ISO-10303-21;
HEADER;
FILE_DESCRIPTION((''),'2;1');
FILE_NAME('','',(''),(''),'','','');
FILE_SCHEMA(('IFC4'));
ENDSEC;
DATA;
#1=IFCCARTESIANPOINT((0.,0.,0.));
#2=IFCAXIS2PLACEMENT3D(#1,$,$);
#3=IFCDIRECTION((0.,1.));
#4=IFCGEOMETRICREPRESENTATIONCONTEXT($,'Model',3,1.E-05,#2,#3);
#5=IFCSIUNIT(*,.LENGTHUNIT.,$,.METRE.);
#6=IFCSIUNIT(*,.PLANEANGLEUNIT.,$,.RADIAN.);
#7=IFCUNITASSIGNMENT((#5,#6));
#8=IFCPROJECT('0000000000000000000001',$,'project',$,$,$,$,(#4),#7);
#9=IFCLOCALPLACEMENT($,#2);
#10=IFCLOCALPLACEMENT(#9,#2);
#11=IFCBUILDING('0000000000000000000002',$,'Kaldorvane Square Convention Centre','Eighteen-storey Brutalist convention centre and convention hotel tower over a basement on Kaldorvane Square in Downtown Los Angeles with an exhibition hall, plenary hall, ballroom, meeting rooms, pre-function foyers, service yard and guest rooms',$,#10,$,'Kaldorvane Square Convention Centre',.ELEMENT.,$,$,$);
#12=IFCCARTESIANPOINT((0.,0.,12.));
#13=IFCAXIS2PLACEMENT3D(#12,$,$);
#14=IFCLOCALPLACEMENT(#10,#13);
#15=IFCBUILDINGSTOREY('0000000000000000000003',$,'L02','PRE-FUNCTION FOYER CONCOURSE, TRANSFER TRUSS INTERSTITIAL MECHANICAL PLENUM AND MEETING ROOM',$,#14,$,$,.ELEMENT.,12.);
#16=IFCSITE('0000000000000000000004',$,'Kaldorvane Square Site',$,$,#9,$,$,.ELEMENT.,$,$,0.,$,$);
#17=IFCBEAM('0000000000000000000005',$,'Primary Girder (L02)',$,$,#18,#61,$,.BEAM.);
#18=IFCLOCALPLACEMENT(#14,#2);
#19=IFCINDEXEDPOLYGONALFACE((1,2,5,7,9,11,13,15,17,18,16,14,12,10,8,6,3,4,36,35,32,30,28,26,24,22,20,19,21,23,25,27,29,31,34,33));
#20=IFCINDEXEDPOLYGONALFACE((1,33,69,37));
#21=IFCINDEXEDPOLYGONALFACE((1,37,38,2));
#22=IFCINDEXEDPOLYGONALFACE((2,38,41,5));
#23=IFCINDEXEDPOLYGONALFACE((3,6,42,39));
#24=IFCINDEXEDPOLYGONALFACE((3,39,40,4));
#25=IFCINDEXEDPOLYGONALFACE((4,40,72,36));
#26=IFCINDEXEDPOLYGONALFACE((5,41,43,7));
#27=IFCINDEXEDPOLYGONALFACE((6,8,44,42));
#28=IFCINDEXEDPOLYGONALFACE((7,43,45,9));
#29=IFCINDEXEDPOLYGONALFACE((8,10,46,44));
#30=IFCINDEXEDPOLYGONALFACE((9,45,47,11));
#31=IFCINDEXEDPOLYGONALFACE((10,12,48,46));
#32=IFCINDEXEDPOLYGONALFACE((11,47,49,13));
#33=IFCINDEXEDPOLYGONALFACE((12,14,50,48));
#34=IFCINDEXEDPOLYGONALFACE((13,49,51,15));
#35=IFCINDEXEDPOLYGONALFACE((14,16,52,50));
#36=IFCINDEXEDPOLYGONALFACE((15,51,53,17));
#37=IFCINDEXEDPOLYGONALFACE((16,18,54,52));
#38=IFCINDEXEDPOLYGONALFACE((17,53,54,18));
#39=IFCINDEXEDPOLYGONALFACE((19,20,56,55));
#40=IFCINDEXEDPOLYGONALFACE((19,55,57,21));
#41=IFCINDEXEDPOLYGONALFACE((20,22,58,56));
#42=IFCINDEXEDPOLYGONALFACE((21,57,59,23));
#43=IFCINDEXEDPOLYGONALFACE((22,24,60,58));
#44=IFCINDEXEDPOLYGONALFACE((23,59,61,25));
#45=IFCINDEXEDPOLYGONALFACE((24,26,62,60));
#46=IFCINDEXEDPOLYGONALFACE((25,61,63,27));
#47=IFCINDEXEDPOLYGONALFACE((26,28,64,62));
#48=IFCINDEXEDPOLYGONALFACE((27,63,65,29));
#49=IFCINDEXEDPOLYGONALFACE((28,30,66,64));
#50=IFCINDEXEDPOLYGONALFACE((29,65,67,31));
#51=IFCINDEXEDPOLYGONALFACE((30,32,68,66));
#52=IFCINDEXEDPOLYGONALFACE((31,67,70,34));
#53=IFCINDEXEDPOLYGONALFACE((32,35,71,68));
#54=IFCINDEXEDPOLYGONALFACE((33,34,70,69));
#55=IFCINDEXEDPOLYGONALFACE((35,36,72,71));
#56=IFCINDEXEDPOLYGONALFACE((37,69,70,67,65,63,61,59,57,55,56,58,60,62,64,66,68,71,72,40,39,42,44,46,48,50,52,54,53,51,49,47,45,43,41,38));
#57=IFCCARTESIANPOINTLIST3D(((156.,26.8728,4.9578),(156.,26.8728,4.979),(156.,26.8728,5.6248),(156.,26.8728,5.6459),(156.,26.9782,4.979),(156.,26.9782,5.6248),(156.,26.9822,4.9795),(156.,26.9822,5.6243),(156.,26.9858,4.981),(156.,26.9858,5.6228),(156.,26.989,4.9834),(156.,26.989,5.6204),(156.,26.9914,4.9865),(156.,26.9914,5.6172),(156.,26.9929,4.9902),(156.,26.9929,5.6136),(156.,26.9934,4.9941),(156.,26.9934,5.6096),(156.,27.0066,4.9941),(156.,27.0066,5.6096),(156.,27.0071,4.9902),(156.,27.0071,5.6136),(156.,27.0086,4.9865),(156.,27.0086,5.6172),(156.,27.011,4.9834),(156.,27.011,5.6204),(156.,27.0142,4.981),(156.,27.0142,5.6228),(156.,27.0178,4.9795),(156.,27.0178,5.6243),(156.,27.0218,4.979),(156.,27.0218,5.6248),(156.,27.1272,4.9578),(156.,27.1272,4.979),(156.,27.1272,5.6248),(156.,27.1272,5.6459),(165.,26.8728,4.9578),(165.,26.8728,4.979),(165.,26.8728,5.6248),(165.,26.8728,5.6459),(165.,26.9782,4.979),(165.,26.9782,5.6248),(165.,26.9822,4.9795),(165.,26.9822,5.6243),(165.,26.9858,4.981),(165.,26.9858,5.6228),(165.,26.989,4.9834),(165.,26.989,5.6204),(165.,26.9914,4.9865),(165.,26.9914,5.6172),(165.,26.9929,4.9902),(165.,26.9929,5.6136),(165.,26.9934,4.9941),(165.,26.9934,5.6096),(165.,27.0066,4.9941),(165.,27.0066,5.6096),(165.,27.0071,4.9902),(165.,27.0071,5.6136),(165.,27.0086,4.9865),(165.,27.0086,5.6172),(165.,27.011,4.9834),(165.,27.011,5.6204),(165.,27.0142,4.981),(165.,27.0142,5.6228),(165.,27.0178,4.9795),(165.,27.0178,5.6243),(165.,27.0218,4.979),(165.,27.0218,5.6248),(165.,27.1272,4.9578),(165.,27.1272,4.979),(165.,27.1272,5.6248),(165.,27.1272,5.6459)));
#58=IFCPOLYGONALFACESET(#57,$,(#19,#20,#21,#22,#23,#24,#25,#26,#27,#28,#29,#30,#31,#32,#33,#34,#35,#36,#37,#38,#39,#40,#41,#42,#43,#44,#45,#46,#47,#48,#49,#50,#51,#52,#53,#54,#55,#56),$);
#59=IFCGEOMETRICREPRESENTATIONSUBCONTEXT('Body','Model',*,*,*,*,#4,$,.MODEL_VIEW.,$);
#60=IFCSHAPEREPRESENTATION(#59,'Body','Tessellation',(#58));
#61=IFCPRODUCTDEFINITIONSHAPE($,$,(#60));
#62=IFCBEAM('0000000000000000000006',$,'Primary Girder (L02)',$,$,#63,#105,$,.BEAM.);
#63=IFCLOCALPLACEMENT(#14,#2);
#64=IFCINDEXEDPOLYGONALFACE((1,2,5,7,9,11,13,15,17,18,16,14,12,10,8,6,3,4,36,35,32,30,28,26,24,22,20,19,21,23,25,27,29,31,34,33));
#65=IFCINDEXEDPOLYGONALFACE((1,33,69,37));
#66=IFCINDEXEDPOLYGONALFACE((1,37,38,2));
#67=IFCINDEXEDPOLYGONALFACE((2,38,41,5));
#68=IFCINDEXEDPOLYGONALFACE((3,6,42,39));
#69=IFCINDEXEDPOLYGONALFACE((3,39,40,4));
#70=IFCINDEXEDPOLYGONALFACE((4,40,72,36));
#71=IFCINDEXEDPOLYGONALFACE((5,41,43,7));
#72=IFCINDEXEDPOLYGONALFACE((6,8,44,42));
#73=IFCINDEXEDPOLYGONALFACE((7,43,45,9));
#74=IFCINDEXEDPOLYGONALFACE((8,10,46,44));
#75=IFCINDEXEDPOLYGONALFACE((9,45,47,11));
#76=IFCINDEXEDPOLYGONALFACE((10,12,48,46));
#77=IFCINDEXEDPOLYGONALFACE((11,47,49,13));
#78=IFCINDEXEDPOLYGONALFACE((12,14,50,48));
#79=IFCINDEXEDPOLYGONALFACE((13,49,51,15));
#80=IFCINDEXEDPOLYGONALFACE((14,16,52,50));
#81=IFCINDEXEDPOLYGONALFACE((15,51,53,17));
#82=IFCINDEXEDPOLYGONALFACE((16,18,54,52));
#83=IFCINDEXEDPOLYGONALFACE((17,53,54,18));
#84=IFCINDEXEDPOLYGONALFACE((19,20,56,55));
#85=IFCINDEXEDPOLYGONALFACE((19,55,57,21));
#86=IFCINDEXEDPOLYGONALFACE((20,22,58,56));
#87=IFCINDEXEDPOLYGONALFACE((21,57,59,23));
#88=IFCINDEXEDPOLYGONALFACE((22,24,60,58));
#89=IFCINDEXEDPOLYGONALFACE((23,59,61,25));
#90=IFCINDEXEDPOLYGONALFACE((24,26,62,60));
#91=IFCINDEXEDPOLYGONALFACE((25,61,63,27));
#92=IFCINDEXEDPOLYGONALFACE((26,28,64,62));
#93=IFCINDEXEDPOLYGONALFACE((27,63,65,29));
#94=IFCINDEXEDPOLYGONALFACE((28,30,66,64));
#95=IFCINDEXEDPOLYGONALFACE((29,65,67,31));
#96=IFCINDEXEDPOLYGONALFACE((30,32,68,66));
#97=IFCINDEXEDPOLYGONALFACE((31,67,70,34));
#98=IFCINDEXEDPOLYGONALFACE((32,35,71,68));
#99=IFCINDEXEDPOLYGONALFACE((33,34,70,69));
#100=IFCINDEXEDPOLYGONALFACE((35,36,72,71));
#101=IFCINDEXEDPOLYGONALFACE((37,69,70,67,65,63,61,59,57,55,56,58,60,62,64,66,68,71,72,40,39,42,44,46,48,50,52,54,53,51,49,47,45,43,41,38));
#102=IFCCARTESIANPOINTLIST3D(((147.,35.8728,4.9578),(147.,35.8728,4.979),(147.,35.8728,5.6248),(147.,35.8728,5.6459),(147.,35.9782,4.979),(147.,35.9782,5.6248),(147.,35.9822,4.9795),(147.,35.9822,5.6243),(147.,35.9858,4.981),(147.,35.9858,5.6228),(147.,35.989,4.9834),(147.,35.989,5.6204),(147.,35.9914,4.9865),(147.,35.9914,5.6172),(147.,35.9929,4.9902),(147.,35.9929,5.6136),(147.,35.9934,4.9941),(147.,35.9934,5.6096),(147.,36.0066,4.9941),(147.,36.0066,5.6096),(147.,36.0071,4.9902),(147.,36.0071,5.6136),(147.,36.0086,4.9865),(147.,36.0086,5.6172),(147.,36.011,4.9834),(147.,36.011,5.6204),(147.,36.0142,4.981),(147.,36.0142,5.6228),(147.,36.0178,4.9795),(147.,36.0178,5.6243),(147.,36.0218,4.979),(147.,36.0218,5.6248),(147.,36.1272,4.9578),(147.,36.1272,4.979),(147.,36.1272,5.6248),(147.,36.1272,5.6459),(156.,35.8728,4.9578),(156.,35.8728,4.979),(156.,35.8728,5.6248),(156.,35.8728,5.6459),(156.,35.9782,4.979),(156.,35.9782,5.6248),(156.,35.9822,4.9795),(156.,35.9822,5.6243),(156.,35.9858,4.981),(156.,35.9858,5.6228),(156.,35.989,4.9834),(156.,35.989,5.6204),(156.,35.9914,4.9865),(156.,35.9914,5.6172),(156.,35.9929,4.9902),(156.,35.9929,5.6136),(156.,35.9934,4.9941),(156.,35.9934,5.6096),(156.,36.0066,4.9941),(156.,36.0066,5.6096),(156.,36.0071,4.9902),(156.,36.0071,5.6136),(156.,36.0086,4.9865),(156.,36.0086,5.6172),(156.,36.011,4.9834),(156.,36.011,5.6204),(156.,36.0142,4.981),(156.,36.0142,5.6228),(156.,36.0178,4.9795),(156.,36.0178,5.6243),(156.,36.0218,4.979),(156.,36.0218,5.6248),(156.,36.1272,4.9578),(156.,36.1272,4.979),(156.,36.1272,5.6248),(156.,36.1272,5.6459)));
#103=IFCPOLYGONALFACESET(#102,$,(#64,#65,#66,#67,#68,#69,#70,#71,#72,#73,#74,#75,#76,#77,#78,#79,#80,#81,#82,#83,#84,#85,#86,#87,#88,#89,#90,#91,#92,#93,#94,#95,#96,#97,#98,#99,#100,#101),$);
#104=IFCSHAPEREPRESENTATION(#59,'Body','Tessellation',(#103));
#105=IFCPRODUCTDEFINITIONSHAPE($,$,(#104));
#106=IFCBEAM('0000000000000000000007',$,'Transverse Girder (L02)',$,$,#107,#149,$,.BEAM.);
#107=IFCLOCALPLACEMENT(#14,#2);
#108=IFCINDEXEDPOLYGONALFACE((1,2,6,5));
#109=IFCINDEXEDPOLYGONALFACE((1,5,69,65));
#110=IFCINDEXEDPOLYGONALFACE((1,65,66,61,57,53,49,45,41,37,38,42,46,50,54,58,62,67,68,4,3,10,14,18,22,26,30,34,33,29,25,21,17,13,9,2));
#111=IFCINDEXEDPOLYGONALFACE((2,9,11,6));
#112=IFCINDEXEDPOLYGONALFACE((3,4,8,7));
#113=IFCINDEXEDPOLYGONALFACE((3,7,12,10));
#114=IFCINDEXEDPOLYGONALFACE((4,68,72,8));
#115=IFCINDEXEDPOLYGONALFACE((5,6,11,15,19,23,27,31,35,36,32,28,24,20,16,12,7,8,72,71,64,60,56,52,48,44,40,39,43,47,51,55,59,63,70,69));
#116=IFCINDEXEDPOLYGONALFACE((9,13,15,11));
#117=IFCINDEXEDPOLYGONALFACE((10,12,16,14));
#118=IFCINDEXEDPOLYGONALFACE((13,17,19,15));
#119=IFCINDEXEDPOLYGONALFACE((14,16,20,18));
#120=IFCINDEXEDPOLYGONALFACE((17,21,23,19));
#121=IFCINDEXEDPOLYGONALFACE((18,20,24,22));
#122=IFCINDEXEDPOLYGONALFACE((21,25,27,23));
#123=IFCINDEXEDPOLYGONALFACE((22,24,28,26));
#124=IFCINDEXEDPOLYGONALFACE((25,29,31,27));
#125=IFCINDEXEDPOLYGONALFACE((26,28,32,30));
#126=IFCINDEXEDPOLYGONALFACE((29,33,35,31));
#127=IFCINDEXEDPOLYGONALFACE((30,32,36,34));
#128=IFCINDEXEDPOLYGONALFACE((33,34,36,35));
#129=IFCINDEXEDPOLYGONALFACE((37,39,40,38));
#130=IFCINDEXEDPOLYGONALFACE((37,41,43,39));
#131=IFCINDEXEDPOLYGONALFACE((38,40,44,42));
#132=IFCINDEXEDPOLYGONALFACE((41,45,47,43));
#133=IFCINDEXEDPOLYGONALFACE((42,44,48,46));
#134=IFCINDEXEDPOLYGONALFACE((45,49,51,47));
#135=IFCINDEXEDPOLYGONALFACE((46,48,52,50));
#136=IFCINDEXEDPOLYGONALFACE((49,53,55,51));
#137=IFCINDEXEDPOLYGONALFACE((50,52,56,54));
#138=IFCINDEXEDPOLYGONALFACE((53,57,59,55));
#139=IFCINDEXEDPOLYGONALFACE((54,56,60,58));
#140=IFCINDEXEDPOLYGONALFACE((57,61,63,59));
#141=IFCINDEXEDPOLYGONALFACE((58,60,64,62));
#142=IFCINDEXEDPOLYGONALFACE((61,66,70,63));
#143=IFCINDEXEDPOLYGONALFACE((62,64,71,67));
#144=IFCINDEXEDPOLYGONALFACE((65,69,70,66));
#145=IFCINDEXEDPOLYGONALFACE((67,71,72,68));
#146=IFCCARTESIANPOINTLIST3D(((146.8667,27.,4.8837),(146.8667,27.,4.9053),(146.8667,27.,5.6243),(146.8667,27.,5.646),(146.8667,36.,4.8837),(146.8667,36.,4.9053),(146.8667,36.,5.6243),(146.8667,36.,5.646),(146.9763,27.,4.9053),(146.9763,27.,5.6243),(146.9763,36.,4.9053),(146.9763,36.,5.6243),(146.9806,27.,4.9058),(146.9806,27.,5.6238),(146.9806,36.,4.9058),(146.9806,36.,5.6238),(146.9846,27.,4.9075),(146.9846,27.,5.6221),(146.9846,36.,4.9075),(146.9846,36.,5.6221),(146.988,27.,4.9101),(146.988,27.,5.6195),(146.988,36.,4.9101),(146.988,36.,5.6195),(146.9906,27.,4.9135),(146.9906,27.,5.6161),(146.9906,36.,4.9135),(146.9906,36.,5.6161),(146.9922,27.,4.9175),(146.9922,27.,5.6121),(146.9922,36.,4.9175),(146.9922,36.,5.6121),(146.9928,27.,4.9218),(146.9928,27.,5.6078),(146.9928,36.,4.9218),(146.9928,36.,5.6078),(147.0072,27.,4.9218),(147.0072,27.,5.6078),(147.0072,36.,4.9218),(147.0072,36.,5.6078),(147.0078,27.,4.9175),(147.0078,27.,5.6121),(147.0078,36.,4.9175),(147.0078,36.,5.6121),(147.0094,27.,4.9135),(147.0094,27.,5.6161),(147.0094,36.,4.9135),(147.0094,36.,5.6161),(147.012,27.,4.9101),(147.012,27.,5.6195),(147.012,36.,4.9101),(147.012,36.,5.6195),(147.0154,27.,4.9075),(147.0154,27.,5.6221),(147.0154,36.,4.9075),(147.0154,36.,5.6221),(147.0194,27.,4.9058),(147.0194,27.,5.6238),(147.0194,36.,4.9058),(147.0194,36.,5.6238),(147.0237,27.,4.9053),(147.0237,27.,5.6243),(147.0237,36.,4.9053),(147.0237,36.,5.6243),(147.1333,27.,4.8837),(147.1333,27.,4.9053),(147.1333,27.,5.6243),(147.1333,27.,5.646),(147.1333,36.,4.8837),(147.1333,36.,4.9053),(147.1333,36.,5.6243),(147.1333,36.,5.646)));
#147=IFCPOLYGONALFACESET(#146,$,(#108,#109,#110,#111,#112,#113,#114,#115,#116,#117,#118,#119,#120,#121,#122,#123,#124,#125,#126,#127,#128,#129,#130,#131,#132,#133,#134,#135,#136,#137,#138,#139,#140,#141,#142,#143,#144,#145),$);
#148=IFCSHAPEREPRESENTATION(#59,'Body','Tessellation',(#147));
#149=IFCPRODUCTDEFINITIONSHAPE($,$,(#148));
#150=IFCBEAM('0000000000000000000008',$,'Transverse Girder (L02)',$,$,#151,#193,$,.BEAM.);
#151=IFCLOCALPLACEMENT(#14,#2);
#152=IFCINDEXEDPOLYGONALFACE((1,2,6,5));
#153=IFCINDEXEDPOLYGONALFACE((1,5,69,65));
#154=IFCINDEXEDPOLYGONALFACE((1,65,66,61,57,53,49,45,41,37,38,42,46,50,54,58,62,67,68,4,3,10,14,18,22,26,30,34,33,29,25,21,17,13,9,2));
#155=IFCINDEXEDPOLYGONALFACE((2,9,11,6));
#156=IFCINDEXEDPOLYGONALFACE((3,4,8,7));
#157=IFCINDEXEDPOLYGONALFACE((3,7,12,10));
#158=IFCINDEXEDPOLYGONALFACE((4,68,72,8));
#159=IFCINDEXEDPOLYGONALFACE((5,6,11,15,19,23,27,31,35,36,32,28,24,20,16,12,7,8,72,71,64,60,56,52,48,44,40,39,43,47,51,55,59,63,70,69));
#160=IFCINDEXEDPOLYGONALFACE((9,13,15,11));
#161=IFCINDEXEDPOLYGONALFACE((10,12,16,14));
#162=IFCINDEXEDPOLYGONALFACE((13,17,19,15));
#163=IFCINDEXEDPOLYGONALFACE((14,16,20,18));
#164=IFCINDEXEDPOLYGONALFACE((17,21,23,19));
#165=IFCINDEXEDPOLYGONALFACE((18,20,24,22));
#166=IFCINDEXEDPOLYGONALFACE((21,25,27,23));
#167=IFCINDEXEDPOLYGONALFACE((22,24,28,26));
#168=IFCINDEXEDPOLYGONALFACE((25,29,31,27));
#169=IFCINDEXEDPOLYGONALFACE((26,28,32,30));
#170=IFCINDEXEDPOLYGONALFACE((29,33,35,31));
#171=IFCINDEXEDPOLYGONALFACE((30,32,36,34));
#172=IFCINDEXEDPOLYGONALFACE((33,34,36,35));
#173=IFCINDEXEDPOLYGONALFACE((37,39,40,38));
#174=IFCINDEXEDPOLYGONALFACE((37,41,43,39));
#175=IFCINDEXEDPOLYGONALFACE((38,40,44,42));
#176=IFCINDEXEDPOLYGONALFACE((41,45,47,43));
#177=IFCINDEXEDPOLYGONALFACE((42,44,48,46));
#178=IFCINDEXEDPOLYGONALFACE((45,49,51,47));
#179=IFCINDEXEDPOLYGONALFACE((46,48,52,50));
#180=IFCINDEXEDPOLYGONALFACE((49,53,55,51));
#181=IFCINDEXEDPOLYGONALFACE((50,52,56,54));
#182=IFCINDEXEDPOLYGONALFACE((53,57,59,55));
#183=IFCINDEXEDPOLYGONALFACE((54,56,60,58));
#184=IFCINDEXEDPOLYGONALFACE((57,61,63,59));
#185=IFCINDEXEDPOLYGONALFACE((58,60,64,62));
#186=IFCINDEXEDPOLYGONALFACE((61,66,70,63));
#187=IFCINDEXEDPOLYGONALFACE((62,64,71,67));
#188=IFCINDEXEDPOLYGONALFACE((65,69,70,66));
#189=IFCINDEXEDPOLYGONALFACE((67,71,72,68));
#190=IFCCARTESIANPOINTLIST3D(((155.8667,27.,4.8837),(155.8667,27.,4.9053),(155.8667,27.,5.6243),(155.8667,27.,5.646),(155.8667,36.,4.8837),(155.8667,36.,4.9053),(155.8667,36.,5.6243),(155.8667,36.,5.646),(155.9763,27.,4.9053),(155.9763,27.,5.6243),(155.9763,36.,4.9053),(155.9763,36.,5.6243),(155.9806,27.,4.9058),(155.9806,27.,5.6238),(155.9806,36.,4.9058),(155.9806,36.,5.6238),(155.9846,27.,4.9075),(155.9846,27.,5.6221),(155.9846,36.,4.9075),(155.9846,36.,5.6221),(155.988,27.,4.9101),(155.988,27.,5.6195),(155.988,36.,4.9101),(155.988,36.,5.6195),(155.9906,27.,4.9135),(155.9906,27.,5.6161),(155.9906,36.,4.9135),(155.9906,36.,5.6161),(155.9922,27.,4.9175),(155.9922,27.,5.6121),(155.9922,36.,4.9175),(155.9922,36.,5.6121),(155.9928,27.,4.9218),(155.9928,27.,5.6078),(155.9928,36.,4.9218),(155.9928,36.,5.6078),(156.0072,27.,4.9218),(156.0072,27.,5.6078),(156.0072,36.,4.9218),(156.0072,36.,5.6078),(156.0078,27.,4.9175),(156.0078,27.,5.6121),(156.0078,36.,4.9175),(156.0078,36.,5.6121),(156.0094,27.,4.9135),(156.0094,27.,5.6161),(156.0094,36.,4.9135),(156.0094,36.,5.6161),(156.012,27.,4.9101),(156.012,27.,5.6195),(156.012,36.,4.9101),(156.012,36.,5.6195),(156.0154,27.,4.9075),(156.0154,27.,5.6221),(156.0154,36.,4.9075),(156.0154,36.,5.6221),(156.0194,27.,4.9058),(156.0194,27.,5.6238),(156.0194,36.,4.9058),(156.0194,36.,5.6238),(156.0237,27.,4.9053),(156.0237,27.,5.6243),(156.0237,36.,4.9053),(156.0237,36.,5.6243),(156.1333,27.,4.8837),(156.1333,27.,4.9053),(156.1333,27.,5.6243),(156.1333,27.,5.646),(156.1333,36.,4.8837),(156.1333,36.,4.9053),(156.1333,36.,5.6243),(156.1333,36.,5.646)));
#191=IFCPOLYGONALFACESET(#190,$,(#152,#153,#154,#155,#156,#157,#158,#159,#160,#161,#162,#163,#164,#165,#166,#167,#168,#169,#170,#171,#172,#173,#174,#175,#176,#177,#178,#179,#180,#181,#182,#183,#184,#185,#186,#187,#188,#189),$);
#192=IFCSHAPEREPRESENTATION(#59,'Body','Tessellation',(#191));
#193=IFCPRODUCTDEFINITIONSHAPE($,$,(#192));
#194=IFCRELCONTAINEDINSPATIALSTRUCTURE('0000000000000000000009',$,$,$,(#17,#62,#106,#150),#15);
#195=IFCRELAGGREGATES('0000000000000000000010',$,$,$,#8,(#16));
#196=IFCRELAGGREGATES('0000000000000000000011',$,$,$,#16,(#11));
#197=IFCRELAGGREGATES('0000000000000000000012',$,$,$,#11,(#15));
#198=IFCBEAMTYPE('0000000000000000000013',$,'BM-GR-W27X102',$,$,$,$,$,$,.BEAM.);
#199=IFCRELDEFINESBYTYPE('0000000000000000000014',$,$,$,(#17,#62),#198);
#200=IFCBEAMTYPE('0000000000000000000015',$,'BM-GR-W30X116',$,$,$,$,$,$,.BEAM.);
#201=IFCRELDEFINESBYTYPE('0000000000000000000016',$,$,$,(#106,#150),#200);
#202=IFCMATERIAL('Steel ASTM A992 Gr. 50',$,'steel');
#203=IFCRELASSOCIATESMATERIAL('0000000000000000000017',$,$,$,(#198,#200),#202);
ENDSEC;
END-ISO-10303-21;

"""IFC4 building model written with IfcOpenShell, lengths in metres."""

from ifc_helpers import new_model, si_unit, direction, frame, origin, origin_2d, place, context, subcontext, project, spatial, i_section, extrude, material, material_profile, profile_set, type_object, element, save


model = new_model("IFC4")

# Units and contexts
model_context = context("Model", 3, precision=1e-05, world=origin(), true_north=direction((0.0, 1.0)))
body_context = subcontext(model_context, "Body", "Model", "MODEL_VIEW")
ifc_project = project(units=[si_unit("LENGTHUNIT", "METRE"), si_unit("PLANEANGLEUNIT", "RADIAN")], contexts=[model_context])

# Site, building, storey
site_placement = place(None, origin())
site = spatial("IfcSite", under=ifc_project, at=site_placement, Name="Kaldorvane Square Site", CompositionType="ELEMENT", RefElevation=0.0)
building_placement = place(site_placement, origin())
building = spatial("IfcBuilding", under=site, at=building_placement, Name="Kaldorvane Square Convention Centre", Description="Eighteen-storey Brutalist convention centre and convention hotel tower over a basement on Kaldorvane Square in Downtown Los Angeles with an exhibition hall, plenary hall, ballroom, meeting rooms, pre-function foyers, service yard and guest rooms", LongName="Kaldorvane Square Convention Centre", CompositionType="ELEMENT")
storey_placement = place(building_placement, frame((0.0, 0.0, 12.0)))
storey = spatial("IfcBuildingStorey", under=building, at=storey_placement, Name="L02", Description="PRE-FUNCTION FOYER CONCOURSE, TRANSFER TRUSS INTERSTITIAL MECHANICAL PLENUM AND MEETING ROOM", CompositionType="ELEMENT", Elevation=12.0)

# Shared definitions
ifc_material_1 = material(Name="Steel ASTM A992 Gr. 50", Category="steel")

# Beams
ifc_material_profile_1 = material_profile(ifc_material_1, i_section(OverallWidth=0.2544, OverallDepth=0.6881, WebThickness=0.0131, FlangeThickness=0.0211, FilletRadius=0.0152, at=origin_2d()), Name="W27X102")
ifc_profile_set_1 = profile_set([ifc_material_profile_1], Name="Steel ASTM A992 Gr. 50")
beam_type_1 = type_object("IfcBeamType", Name="BM-GR-W27X102", PredefinedType="BEAM", material=ifc_profile_set_1)
for number, where, z_axis, x_axis, name in (
    (1, (156.0, 27.0, 5.3019), (1.0, 0.0, 0.0), (0.0, 1.0, 0.0), "Primary Girder (L02)"),
    (2, (147.0, 36.0, 5.3019), (1.0, 0.0, 0.0), (0.0, 1.0, 0.0), "Primary Girder (L02)"),
):
    element("IfcBeam", number, at=place(storey_placement, frame(where, z_axis=z_axis, x_axis=x_axis)), inside=storey, type_object=beam_type_1, Name=name, PredefinedType="BEAM", context=body_context, shape_type="SweptSolid", body=[
        extrude(i_section(OverallWidth=0.2544, OverallDepth=0.6881, WebThickness=0.0131, FlangeThickness=0.0211, FilletRadius=0.0152, at=origin_2d()), origin(), (0.0, 0.0, 1.0), 9.0),
    ])
ifc_material_profile_2 = material_profile(ifc_material_1, i_section(OverallWidth=0.2666, OverallDepth=0.7623, WebThickness=0.0144, FlangeThickness=0.0216, FilletRadius=0.0165, at=origin_2d()), Name="W30X116")
ifc_profile_set_2 = profile_set([ifc_material_profile_2], Name="Steel ASTM A992 Gr. 50")
beam_type_2 = type_object("IfcBeamType", Name="BM-GR-W30X116", PredefinedType="BEAM", material=ifc_profile_set_2)
for number, where, z_axis, x_axis, name in (
    (3, (147.0, 27.0, 5.2648), (0.0, 1.0, 0.0), (-1.0, 0.0, 0.0), "Transverse Girder (L02)"),
    (4, (156.0, 27.0, 5.2648), (0.0, 1.0, 0.0), (-1.0, 0.0, 0.0), "Transverse Girder (L02)"),
):
    element("IfcBeam", number, at=place(storey_placement, frame(where, z_axis=z_axis, x_axis=x_axis)), inside=storey, type_object=beam_type_2, Name=name, PredefinedType="BEAM", context=body_context, shape_type="SweptSolid", body=[
        extrude(i_section(OverallWidth=0.2666, OverallDepth=0.7623, WebThickness=0.0144, FlangeThickness=0.0216, FilletRadius=0.0165, at=origin_2d()), origin(), (0.0, 0.0, 1.0), 9.0),
    ])

save(model, "model.ifc")
